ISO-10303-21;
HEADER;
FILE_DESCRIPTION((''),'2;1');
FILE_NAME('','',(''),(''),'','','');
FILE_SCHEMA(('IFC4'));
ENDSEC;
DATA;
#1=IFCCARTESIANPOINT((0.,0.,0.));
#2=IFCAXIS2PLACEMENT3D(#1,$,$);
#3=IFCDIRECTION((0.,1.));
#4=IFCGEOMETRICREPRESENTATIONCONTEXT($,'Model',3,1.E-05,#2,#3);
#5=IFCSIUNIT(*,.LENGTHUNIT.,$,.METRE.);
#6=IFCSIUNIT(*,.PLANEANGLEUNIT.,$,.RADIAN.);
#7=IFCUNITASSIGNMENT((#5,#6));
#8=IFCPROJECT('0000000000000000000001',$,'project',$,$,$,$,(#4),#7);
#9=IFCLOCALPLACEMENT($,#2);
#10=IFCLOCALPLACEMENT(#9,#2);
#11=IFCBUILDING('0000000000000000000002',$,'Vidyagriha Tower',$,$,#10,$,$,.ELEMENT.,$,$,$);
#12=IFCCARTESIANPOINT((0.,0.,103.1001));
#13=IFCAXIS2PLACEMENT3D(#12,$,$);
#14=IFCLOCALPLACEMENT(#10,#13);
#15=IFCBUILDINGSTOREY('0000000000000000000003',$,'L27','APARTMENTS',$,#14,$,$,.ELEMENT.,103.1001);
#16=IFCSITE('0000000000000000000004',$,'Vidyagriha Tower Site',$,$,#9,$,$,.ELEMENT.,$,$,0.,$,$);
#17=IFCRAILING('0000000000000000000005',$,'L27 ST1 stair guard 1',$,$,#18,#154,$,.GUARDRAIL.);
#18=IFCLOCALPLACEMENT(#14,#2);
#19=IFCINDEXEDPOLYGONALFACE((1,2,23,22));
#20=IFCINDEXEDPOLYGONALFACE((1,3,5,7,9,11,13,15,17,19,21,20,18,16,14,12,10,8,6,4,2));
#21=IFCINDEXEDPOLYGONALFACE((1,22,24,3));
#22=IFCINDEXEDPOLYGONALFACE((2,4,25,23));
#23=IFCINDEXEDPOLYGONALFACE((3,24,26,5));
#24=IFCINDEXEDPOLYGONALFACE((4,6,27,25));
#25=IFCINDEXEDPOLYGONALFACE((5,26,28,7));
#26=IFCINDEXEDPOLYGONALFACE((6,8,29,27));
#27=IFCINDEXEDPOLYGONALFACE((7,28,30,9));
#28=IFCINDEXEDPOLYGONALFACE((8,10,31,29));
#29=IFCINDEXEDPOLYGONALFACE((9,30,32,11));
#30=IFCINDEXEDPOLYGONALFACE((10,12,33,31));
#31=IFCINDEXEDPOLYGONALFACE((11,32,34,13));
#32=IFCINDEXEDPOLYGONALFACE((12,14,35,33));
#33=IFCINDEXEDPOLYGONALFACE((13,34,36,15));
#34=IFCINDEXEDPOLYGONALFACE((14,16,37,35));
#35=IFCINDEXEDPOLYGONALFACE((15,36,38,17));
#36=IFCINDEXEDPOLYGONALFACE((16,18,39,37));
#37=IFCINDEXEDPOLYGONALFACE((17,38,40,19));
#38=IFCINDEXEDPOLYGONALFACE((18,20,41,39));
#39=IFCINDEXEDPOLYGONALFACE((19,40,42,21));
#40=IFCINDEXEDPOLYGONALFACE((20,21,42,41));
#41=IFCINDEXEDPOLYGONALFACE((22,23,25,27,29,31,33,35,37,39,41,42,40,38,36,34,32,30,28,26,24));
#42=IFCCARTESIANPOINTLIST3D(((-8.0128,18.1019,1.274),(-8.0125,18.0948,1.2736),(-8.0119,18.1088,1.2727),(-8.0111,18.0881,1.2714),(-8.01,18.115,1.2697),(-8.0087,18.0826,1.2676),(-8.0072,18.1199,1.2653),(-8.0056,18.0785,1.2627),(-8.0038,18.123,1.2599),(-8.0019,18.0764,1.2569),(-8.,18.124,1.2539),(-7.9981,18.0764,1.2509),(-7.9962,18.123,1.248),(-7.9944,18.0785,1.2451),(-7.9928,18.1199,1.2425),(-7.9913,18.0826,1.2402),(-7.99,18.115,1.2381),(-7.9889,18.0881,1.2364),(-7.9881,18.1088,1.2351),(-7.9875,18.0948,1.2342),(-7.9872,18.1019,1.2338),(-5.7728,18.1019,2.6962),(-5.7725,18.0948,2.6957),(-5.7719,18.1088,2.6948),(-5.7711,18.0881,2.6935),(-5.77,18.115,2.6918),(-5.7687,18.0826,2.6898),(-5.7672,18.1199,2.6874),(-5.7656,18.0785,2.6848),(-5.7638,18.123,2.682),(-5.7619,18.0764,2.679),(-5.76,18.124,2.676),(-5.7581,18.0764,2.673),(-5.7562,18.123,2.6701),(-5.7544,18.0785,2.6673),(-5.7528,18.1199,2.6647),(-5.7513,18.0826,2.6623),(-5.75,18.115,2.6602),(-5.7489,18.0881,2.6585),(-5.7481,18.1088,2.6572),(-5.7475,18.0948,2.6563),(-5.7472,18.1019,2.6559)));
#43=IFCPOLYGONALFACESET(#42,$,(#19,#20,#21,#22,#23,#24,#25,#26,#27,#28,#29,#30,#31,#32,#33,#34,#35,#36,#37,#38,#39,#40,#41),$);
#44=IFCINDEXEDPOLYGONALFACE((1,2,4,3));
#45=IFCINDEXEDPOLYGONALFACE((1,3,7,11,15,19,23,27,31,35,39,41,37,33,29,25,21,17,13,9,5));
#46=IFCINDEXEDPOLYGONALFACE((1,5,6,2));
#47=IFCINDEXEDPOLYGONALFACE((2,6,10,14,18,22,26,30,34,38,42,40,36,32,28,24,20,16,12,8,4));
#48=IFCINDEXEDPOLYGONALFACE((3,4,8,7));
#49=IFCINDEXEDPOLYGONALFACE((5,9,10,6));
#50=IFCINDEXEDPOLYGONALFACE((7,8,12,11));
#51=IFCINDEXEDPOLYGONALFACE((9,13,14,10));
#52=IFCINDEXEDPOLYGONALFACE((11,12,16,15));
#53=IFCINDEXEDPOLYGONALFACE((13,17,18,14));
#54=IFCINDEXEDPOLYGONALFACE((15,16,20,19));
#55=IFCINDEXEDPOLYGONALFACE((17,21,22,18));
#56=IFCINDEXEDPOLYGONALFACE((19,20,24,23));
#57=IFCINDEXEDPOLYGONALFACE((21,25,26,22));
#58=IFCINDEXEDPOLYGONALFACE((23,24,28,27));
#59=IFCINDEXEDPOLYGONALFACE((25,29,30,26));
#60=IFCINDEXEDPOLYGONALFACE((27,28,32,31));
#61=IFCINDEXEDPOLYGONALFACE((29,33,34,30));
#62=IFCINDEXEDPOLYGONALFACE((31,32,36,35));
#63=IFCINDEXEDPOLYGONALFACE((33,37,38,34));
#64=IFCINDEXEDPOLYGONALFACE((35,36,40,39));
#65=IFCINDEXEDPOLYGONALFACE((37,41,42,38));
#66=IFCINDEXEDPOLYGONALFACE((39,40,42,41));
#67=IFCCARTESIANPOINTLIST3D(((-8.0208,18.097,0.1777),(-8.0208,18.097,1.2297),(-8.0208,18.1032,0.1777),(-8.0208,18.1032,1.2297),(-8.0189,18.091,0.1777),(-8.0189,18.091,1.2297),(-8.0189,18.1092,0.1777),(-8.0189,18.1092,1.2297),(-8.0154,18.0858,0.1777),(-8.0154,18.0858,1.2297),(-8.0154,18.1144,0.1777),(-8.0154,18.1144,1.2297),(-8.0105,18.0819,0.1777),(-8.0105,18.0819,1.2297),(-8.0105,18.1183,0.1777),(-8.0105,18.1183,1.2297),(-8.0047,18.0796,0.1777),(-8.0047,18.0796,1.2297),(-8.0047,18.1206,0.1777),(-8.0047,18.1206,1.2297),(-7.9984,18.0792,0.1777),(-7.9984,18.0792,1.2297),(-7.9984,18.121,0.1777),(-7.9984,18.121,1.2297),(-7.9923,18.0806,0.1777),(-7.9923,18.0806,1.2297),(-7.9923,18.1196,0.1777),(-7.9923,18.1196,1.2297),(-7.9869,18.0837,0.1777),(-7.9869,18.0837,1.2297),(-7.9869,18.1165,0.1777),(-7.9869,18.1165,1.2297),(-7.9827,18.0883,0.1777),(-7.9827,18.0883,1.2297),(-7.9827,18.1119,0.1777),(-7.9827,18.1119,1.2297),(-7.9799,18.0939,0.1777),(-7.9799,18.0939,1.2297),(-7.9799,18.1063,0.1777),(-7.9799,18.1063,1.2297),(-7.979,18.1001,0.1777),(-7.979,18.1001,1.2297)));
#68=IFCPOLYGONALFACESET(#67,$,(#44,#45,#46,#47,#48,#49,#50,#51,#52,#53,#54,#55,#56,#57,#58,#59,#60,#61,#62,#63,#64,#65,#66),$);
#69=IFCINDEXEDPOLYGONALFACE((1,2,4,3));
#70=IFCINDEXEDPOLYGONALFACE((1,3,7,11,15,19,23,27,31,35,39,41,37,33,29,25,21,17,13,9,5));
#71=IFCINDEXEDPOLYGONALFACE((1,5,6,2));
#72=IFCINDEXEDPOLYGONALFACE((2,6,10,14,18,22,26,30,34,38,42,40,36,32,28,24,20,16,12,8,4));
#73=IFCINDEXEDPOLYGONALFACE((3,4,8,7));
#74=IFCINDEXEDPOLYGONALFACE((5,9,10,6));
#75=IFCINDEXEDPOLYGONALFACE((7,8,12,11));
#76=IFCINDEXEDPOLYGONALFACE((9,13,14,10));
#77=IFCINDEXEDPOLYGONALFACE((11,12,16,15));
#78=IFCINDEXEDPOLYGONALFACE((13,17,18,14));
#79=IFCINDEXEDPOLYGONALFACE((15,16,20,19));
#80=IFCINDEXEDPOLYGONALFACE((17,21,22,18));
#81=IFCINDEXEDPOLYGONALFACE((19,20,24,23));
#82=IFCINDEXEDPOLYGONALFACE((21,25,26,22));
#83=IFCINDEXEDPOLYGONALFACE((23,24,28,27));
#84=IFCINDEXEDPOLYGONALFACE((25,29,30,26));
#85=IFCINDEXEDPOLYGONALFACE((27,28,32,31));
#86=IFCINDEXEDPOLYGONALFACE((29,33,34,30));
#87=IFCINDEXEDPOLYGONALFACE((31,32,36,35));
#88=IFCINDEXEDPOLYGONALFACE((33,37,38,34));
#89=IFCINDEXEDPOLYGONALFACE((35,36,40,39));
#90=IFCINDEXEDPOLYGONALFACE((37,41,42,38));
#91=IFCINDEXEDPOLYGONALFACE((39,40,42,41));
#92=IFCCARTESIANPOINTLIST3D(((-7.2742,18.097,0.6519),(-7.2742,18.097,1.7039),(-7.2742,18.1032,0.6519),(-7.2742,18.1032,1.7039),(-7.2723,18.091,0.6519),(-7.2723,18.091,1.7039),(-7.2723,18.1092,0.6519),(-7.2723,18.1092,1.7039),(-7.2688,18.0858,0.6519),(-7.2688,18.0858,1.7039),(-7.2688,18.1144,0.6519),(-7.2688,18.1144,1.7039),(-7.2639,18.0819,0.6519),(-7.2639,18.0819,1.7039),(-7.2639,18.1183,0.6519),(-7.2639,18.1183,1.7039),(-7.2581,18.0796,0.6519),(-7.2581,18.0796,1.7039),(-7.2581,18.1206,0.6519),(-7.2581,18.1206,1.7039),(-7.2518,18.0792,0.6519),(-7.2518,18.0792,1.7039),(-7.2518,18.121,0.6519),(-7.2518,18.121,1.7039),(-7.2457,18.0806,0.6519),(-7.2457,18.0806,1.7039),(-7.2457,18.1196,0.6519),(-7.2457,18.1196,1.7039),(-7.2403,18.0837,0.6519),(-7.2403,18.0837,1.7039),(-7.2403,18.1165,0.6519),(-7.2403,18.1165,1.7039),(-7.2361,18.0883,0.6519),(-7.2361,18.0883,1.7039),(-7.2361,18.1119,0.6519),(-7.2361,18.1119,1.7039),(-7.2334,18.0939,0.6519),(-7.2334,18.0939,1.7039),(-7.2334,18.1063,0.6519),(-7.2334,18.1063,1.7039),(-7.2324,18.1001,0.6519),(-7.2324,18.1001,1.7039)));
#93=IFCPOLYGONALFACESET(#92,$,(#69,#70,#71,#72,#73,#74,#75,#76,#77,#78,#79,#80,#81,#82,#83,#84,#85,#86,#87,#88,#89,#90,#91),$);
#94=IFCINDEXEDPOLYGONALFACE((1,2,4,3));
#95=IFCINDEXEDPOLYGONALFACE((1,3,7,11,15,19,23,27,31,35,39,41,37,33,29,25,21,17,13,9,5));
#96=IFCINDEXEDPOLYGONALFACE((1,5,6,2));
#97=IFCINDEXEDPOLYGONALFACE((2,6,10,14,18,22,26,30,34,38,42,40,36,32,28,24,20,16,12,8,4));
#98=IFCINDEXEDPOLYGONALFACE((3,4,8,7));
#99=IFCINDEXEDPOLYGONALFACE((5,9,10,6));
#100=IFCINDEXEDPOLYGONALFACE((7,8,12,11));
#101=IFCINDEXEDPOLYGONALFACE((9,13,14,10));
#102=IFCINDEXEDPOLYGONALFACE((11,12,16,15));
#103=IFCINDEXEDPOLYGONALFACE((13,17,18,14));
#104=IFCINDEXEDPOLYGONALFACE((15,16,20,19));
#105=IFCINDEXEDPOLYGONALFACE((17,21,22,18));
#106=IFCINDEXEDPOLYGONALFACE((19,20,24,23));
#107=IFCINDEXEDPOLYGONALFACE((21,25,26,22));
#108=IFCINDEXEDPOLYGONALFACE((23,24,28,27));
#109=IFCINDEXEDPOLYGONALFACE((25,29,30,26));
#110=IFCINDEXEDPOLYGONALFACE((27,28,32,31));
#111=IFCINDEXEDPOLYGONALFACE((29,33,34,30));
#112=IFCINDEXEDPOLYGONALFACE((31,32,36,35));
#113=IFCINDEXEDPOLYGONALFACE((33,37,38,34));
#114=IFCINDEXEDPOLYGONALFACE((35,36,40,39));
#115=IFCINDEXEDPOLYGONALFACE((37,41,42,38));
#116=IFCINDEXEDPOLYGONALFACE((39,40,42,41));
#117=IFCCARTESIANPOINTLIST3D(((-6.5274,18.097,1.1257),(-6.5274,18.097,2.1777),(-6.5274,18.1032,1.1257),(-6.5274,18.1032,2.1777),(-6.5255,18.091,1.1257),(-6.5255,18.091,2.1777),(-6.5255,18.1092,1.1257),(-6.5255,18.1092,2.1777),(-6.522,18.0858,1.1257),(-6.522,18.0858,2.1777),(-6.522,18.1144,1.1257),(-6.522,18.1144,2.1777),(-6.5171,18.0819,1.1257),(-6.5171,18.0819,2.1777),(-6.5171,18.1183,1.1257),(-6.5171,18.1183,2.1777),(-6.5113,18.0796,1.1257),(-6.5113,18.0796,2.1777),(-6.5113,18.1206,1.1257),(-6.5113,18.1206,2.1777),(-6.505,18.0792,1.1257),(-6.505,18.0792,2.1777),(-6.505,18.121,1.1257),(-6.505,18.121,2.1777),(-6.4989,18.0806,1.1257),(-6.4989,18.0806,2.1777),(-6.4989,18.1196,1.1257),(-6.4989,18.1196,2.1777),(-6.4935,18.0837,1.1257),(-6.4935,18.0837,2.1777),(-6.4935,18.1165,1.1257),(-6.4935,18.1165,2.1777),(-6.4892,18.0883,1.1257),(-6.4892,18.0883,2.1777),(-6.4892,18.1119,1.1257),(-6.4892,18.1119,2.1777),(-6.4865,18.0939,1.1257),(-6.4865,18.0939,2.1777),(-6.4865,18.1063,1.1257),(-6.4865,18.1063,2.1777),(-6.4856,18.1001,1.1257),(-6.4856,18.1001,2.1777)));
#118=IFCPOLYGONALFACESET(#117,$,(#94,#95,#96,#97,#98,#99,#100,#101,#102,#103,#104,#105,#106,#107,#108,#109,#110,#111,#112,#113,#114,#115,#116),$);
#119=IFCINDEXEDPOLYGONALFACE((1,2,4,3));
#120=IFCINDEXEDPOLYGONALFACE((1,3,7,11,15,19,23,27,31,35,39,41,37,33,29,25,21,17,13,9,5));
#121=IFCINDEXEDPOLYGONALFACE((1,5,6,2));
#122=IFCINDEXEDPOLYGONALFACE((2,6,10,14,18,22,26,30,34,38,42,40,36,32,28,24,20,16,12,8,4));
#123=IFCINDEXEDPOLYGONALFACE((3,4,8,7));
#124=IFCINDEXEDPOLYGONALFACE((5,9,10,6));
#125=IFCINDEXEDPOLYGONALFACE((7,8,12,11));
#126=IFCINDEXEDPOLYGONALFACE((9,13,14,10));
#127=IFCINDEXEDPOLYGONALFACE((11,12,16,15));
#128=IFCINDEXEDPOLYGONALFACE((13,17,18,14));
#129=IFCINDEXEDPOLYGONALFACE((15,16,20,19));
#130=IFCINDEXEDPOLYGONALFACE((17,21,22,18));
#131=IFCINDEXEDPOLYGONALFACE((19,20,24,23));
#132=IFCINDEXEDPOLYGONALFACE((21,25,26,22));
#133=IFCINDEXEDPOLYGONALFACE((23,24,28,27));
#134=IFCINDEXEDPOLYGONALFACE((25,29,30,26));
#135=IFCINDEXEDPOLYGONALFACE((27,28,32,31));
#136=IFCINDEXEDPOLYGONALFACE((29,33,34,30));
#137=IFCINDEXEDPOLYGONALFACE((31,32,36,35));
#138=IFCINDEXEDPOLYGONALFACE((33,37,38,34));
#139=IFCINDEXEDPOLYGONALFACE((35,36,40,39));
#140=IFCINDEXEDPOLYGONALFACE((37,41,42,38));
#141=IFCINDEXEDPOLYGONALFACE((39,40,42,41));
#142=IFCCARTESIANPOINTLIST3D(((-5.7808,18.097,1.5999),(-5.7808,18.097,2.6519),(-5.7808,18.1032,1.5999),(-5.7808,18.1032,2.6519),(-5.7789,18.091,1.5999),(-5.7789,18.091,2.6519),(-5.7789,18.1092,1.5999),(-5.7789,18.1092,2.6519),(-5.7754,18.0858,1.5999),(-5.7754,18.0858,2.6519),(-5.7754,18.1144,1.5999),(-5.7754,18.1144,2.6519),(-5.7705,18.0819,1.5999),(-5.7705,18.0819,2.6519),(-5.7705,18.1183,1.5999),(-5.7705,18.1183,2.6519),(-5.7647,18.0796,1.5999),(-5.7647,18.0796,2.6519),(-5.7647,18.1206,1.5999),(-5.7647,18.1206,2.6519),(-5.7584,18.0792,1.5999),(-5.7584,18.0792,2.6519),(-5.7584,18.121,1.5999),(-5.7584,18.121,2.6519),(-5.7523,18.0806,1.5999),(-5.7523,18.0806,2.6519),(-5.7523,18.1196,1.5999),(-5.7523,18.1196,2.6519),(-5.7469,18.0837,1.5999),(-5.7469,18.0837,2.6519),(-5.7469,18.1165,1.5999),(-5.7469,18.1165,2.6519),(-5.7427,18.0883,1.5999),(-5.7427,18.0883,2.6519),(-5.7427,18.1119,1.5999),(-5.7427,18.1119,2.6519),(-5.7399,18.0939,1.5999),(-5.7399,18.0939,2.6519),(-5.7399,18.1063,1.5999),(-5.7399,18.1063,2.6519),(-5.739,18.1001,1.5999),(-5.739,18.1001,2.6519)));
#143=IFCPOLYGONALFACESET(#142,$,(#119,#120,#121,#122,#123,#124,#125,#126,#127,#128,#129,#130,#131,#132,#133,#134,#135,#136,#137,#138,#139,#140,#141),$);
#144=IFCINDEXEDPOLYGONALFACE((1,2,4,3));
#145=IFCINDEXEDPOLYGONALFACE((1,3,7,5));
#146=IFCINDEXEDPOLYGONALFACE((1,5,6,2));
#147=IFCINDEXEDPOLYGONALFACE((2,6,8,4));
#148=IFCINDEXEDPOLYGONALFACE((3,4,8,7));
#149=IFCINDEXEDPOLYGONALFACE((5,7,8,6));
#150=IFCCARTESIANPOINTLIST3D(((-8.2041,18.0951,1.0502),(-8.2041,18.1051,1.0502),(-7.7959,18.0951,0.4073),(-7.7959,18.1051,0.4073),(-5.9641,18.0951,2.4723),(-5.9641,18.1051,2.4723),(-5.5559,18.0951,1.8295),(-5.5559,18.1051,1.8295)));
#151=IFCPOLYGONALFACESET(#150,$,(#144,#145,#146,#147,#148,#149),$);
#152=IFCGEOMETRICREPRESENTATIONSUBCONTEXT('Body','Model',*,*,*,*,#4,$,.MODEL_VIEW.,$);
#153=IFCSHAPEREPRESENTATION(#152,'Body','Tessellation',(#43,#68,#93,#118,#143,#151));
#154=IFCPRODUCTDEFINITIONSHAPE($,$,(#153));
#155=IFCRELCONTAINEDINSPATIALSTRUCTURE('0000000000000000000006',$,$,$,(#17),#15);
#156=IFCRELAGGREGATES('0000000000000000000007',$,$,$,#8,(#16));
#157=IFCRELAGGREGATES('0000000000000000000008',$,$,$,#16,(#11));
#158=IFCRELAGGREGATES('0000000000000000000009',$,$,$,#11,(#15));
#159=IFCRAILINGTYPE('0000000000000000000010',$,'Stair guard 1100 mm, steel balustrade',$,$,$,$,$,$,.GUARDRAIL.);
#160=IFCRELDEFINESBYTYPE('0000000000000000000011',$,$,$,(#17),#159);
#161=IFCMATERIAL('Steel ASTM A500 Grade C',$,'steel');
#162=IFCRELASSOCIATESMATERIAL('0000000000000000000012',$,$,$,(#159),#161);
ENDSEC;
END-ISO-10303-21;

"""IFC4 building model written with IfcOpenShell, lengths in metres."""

from ifc_helpers import new_model, si_unit, direction, frame, origin, origin_2d, place, context, subcontext, project, spatial, rectangle, circle, extrude, material, type_object, element, save


model = new_model("IFC4")

# Units and contexts
model_context = context("Model", 3, precision=1e-05, world=origin(), true_north=direction((0.0, 1.0)))
body_context = subcontext(model_context, "Body", "Model", "MODEL_VIEW")
ifc_project = project(units=[si_unit("LENGTHUNIT", "METRE"), si_unit("PLANEANGLEUNIT", "RADIAN")], contexts=[model_context])

# Site, building, storey
site_placement = place(None, origin())
site = spatial("IfcSite", under=ifc_project, at=site_placement, Name="Vidyagriha Tower Site", CompositionType="ELEMENT", RefElevation=0.0)
building_placement = place(site_placement, origin())
building = spatial("IfcBuilding", under=site, at=building_placement, Name="Vidyagriha Tower", CompositionType="ELEMENT")
storey_placement = place(building_placement, frame((0.0, 0.0, 103.1001)))
storey = spatial("IfcBuildingStorey", under=building, at=storey_placement, Name="L27", Description="APARTMENTS", CompositionType="ELEMENT", Elevation=103.1001)

# Railing
ifc_material_1 = material(Name="Steel ASTM A500 Grade C", Category="steel")
railing_type_1 = type_object("IfcRailingType", Name="Stair guard 1100 mm, steel balustrade", PredefinedType="GUARDRAIL", material=ifc_material_1)
railing_1_placement = place(storey_placement, frame((-8.0, 18.1001, 0.1777)))
element("IfcRailing", 1, at=railing_1_placement, inside=storey, type_object=railing_type_1, Name="L27 ST1 stair guard 1", PredefinedType="GUARDRAIL", context=body_context, shape_type="SweptSolid", body=[
    extrude(circle(Radius=0.0239, at=origin_2d()), frame((0.0, 0.0, 1.0762), z_axis=(0.844229, 0.0, 0.535982), x_axis=(0.0, 1.0, 0.0)), (0.0, 0.0, 1.0), 2.6533),
    extrude(circle(Radius=0.021, at=origin_2d()), origin(), (0.0, 0.0, 1.0), 1.052),
    extrude(circle(Radius=0.021, at=origin_2d()), frame((0.7466, 0.0, 0.4741)), (0.0, 0.0, 1.0), 1.052),
    extrude(circle(Radius=0.021, at=origin_2d()), frame((1.4934, 0.0, 0.948)), (0.0, 0.0, 1.0), 1.052),
    extrude(circle(Radius=0.021, at=origin_2d()), frame((2.24, 0.0, 1.4221)), (0.0, 0.0, 1.0), 1.052),
    extrude(rectangle(XDim=0.01, YDim=0.7615, at=origin_2d()), frame((0.0, 0.0, 0.551), z_axis=(0.844229, 0.0, 0.535982), x_axis=(0.0, 1.0, 0.0)), (0.0, 0.0, 1.0), 2.6533),
])

save(model, "model.ifc")
